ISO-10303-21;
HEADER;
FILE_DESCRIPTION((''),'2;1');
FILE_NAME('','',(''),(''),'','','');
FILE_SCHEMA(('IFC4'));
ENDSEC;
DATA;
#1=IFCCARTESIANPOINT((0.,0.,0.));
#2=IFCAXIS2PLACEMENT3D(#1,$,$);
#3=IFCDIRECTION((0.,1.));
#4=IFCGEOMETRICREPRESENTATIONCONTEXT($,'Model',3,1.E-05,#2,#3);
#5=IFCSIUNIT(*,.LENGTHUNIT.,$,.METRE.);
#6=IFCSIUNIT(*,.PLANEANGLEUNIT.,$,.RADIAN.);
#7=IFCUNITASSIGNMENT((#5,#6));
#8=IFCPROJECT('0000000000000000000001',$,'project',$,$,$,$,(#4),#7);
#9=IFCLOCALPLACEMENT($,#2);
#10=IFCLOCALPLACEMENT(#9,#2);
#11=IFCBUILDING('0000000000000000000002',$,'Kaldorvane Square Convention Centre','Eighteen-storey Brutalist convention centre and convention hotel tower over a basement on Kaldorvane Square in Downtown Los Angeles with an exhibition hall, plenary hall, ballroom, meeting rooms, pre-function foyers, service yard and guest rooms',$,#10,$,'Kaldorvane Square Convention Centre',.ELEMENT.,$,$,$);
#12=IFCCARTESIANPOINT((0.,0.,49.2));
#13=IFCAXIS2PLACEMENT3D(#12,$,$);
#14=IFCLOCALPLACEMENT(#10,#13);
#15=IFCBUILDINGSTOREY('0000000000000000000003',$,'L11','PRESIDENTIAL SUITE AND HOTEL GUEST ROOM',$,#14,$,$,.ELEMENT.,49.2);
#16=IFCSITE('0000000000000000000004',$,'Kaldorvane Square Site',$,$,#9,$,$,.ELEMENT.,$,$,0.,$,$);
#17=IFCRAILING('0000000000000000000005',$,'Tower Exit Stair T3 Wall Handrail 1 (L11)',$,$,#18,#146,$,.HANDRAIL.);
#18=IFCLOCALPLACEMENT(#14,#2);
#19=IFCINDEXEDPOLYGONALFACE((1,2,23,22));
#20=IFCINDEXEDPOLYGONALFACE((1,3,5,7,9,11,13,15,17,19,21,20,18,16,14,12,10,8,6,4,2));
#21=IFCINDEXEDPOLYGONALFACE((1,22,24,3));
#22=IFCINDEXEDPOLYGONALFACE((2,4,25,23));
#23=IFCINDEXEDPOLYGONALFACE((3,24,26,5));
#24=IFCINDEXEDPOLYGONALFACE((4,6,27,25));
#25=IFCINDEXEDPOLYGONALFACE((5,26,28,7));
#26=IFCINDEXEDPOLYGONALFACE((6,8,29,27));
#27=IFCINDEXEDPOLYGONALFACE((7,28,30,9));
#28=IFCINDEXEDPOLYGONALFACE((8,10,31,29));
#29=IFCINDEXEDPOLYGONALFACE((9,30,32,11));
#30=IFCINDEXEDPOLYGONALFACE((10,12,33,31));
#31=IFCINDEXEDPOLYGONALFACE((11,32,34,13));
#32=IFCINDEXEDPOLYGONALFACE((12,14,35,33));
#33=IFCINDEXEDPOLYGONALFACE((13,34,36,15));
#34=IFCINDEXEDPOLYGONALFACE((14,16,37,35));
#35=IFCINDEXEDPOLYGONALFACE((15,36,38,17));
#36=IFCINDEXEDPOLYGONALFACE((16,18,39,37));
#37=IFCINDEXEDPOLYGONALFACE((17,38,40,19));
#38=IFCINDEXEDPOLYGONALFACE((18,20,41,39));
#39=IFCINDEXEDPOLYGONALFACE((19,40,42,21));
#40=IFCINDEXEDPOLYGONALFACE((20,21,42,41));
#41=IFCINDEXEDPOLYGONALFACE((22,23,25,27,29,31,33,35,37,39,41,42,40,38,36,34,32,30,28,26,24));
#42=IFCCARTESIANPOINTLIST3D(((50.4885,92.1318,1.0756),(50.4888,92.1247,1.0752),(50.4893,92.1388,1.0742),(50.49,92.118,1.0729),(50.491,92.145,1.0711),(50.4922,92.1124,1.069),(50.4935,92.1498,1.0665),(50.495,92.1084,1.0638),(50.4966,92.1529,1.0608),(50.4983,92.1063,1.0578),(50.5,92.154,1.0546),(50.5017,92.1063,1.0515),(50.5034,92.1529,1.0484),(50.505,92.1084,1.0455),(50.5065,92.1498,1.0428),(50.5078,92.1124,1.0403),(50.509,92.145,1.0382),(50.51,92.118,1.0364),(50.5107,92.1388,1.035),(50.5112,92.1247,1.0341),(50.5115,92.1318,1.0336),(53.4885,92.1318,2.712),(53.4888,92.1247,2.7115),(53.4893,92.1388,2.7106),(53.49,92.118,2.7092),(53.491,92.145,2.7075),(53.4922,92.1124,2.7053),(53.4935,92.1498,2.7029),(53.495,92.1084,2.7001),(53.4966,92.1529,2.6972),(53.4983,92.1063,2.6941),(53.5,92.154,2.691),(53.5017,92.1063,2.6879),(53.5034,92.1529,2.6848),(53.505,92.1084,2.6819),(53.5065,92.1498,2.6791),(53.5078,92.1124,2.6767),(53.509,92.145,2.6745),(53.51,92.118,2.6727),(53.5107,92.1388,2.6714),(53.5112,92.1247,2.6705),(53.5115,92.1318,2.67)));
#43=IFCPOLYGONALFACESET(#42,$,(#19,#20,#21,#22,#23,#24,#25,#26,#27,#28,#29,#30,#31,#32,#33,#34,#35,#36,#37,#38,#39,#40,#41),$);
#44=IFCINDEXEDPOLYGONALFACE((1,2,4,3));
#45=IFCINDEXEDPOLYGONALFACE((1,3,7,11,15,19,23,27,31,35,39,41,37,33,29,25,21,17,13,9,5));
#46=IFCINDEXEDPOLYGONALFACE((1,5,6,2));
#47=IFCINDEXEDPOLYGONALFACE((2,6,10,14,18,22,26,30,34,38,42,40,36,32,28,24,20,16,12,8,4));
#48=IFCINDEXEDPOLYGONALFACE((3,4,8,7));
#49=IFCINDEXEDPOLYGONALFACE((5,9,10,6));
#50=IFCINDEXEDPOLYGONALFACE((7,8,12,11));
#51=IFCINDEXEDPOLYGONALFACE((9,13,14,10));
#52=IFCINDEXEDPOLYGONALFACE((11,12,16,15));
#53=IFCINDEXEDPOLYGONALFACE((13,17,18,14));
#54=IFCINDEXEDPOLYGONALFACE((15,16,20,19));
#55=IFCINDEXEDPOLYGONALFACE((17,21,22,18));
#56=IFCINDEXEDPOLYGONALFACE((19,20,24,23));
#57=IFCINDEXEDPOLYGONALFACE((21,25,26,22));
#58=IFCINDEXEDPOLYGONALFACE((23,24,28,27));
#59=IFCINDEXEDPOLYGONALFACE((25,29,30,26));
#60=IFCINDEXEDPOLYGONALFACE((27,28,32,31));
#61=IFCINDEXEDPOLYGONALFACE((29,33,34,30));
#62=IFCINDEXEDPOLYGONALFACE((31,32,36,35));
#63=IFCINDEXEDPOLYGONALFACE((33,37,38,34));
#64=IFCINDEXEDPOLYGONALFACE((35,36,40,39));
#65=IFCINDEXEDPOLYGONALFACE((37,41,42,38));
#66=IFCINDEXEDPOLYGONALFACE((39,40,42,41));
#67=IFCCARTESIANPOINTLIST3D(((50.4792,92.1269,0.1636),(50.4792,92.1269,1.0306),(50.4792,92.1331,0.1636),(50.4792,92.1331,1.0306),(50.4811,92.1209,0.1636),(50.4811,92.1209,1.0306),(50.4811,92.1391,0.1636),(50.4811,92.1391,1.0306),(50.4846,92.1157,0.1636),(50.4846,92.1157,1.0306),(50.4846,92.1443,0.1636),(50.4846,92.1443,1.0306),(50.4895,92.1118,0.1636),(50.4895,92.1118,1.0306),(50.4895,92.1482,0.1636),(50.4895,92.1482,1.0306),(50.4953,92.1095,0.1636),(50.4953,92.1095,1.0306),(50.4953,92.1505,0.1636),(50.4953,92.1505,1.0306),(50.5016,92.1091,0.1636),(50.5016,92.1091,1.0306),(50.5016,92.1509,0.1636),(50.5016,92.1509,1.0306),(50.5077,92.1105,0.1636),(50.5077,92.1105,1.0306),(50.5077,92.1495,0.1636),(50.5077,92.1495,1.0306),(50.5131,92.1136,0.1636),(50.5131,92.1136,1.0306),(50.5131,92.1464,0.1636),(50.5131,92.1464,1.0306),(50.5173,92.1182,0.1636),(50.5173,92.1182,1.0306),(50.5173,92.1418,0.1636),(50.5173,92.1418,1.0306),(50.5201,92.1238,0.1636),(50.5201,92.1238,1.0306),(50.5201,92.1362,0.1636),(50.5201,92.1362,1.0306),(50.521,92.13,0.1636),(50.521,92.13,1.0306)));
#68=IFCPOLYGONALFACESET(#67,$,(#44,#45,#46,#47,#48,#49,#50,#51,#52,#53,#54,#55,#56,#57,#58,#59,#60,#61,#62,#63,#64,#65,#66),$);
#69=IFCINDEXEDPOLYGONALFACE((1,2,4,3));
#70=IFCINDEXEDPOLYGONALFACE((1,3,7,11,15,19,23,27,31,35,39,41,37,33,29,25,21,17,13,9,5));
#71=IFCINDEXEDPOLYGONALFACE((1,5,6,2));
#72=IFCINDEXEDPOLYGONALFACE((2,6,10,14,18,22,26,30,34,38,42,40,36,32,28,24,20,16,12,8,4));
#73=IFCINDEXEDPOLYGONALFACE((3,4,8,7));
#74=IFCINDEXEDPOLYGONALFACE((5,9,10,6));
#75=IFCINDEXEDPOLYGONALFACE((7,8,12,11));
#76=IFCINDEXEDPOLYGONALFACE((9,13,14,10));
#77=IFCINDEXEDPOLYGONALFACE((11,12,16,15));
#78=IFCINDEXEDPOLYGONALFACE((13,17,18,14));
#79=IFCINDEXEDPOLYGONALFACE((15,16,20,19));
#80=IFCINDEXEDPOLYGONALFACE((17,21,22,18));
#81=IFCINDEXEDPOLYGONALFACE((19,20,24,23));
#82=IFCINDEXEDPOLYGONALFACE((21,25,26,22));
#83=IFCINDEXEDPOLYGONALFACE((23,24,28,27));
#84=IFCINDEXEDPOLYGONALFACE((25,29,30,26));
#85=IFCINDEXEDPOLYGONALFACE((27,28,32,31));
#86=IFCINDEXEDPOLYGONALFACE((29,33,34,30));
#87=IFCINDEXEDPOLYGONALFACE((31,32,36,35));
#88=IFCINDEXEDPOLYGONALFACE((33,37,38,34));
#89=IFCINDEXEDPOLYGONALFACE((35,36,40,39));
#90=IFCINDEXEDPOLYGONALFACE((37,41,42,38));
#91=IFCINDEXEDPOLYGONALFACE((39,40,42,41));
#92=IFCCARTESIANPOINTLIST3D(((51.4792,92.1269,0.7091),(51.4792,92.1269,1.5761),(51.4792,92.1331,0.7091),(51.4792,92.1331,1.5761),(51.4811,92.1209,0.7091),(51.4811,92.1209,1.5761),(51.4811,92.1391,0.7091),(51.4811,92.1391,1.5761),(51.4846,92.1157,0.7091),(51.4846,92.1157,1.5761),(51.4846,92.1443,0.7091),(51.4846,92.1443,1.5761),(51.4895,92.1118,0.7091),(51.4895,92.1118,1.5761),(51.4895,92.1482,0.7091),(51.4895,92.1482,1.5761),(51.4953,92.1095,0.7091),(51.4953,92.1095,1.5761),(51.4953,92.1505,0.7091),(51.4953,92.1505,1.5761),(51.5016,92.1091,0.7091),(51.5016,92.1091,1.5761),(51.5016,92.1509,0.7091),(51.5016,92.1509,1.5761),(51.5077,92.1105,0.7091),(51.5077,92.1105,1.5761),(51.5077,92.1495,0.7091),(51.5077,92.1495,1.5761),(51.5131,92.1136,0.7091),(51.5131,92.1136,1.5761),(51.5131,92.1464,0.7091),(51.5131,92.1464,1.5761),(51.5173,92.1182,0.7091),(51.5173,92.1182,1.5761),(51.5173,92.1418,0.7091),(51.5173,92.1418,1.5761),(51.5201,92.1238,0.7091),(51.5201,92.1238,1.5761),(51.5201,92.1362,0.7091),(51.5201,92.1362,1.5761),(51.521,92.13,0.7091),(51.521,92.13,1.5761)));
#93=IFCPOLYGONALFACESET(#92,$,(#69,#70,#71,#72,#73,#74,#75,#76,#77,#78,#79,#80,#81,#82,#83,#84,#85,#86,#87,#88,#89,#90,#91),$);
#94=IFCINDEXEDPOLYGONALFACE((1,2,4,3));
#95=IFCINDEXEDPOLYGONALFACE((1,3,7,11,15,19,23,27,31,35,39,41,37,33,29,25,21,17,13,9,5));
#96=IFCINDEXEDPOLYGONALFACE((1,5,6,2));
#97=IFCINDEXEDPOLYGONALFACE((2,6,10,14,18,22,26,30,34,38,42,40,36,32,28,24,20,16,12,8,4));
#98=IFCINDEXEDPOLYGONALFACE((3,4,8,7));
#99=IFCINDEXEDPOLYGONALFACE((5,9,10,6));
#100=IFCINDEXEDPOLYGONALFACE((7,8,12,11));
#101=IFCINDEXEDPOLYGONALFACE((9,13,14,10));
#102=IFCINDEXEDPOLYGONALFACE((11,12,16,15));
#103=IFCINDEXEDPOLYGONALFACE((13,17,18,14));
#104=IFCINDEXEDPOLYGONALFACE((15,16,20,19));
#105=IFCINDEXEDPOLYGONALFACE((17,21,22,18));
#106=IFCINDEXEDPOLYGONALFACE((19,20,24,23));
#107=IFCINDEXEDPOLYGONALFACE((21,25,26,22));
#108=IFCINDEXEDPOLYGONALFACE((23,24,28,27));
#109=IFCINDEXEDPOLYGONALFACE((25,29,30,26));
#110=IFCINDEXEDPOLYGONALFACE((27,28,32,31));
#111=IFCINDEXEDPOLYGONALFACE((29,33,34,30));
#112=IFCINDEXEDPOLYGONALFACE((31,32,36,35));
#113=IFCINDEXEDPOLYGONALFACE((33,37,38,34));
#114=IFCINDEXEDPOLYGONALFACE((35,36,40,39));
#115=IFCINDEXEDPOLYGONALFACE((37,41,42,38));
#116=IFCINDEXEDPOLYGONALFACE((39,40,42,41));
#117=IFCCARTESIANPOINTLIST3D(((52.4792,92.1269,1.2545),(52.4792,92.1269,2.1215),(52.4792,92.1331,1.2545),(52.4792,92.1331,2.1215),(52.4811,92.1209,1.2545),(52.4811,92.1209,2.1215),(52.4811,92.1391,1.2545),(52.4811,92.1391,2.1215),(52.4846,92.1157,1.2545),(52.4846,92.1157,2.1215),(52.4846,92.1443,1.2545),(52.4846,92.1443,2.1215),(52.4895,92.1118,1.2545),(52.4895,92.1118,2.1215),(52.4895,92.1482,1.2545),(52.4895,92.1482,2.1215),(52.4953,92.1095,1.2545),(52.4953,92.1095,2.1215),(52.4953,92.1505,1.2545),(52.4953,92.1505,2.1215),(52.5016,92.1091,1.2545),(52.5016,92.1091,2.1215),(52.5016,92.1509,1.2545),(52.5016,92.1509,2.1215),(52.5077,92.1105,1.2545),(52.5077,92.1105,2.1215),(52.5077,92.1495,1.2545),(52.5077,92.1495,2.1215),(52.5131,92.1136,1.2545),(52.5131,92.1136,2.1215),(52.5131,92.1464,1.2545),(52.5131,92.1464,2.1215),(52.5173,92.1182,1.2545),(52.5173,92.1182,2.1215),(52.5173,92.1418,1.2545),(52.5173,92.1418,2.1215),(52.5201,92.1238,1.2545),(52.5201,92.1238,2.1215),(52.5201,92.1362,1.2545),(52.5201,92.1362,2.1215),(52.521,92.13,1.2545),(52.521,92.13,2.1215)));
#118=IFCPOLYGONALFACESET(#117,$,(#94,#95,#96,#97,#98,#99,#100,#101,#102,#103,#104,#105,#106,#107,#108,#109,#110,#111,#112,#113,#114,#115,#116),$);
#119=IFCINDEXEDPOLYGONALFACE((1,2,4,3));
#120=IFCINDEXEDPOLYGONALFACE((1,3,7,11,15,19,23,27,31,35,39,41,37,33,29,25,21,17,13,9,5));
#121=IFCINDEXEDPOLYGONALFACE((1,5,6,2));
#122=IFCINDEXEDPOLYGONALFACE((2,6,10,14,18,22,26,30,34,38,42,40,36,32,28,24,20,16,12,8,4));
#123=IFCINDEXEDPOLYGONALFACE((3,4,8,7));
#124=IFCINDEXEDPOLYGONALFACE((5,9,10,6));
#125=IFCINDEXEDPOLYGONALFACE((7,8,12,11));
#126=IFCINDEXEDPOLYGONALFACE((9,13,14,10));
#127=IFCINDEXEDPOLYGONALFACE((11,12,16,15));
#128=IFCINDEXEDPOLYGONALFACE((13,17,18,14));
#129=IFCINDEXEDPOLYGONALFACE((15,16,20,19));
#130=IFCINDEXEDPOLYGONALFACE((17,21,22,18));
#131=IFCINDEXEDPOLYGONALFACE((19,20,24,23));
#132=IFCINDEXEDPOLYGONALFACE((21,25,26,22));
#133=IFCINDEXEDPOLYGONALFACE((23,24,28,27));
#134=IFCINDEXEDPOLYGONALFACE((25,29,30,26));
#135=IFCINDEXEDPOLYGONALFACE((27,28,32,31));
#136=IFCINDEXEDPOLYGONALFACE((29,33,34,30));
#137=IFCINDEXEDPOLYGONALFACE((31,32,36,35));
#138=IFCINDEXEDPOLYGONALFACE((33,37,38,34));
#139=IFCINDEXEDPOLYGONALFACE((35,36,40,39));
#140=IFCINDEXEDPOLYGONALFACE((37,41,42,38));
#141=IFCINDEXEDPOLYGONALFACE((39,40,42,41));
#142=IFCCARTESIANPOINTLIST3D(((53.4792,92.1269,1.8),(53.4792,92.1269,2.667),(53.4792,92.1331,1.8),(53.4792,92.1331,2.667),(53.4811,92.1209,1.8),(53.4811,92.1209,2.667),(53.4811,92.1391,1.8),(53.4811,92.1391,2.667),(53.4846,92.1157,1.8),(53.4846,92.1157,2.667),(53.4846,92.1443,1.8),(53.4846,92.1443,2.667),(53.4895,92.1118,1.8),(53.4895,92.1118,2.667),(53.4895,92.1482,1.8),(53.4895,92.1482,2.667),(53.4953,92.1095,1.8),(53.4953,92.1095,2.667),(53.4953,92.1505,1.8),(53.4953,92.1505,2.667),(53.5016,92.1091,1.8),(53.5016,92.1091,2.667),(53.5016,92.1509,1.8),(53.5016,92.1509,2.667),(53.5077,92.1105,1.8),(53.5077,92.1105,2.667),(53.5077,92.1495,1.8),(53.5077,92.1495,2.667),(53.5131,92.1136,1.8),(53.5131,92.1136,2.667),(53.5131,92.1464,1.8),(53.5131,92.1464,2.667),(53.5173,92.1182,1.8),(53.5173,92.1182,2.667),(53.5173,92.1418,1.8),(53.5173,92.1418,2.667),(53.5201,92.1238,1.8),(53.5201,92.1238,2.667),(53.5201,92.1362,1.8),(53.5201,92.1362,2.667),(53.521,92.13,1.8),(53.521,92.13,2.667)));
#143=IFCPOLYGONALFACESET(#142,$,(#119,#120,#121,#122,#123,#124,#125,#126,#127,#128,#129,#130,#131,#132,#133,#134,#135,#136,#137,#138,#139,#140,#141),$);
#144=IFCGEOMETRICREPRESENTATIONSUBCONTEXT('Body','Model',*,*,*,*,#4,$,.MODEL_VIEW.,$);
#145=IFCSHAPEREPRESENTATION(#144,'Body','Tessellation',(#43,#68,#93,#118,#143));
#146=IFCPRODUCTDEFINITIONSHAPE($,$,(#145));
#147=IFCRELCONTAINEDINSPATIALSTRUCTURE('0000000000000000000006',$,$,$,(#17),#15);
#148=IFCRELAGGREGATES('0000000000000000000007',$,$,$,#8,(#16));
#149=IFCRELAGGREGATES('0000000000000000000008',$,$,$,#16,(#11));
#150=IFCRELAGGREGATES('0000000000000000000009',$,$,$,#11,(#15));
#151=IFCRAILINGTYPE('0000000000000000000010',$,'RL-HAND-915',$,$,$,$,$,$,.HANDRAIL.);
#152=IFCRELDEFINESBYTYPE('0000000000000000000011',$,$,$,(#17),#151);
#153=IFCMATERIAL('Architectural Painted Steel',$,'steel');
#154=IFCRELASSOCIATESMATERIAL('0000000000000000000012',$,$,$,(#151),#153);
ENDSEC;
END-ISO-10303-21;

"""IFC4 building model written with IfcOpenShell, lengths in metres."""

from ifc_helpers import new_model, si_unit, direction, frame, origin, origin_2d, place, context, subcontext, project, spatial, circle, extrude, material, type_object, element, save


model = new_model("IFC4")

# Units and contexts
model_context = context("Model", 3, precision=1e-05, world=origin(), true_north=direction((0.0, 1.0)))
body_context = subcontext(model_context, "Body", "Model", "MODEL_VIEW")
ifc_project = project(units=[si_unit("LENGTHUNIT", "METRE"), si_unit("PLANEANGLEUNIT", "RADIAN")], contexts=[model_context])

# Site, building, storey
site_placement = place(None, origin())
site = spatial("IfcSite", under=ifc_project, at=site_placement, Name="Kaldorvane Square Site", CompositionType="ELEMENT", RefElevation=0.0)
building_placement = place(site_placement, origin())
building = spatial("IfcBuilding", under=site, at=building_placement, Name="Kaldorvane Square Convention Centre", Description="Eighteen-storey Brutalist convention centre and convention hotel tower over a basement on Kaldorvane Square in Downtown Los Angeles with an exhibition hall, plenary hall, ballroom, meeting rooms, pre-function foyers, service yard and guest rooms", LongName="Kaldorvane Square Convention Centre", CompositionType="ELEMENT")
storey_placement = place(building_placement, frame((0.0, 0.0, 49.2)))
storey = spatial("IfcBuildingStorey", under=building, at=storey_placement, Name="L11", Description="PRESIDENTIAL SUITE AND HOTEL GUEST ROOM", CompositionType="ELEMENT", Elevation=49.2)

# Railing
ifc_material_1 = material(Name="Architectural Painted Steel", Category="steel")
railing_type_1 = type_object("IfcRailingType", Name="RL-HAND-915", PredefinedType="HANDRAIL", material=ifc_material_1)
for number, where, name in (
    (1, (50.5, 92.13, 0.1636), "Tower Exit Stair T3 Wall Handrail 1 (L11)"),
):
    element("IfcRailing", number, at=place(storey_placement, frame(where)), inside=storey, type_object=railing_type_1, Name=name, PredefinedType="HANDRAIL", context=body_context, shape_type="SweptSolid", body=[
        extrude(circle(Radius=0.024, at=origin_2d()), frame((0.0, 0.0, 0.891), z_axis=(0.877895, 0.0, 0.478853), x_axis=(0.0, 1.0, 0.0)), (0.0, 0.0, 1.0), 3.4173),
        extrude(circle(Radius=0.021, at=origin_2d()), origin(), (0.0, 0.0, 1.0), 0.867),
        extrude(circle(Radius=0.021, at=origin_2d()), frame((1.0, 0.0, 0.5455)), (0.0, 0.0, 1.0), 0.867),
        extrude(circle(Radius=0.021, at=origin_2d()), frame((2.0, 0.0, 1.0909)), (0.0, 0.0, 1.0), 0.867),
        extrude(circle(Radius=0.021, at=origin_2d()), frame((3.0, 0.0, 1.6364)), (0.0, 0.0, 1.0), 0.867),
    ])

save(model, "model.ifc")
